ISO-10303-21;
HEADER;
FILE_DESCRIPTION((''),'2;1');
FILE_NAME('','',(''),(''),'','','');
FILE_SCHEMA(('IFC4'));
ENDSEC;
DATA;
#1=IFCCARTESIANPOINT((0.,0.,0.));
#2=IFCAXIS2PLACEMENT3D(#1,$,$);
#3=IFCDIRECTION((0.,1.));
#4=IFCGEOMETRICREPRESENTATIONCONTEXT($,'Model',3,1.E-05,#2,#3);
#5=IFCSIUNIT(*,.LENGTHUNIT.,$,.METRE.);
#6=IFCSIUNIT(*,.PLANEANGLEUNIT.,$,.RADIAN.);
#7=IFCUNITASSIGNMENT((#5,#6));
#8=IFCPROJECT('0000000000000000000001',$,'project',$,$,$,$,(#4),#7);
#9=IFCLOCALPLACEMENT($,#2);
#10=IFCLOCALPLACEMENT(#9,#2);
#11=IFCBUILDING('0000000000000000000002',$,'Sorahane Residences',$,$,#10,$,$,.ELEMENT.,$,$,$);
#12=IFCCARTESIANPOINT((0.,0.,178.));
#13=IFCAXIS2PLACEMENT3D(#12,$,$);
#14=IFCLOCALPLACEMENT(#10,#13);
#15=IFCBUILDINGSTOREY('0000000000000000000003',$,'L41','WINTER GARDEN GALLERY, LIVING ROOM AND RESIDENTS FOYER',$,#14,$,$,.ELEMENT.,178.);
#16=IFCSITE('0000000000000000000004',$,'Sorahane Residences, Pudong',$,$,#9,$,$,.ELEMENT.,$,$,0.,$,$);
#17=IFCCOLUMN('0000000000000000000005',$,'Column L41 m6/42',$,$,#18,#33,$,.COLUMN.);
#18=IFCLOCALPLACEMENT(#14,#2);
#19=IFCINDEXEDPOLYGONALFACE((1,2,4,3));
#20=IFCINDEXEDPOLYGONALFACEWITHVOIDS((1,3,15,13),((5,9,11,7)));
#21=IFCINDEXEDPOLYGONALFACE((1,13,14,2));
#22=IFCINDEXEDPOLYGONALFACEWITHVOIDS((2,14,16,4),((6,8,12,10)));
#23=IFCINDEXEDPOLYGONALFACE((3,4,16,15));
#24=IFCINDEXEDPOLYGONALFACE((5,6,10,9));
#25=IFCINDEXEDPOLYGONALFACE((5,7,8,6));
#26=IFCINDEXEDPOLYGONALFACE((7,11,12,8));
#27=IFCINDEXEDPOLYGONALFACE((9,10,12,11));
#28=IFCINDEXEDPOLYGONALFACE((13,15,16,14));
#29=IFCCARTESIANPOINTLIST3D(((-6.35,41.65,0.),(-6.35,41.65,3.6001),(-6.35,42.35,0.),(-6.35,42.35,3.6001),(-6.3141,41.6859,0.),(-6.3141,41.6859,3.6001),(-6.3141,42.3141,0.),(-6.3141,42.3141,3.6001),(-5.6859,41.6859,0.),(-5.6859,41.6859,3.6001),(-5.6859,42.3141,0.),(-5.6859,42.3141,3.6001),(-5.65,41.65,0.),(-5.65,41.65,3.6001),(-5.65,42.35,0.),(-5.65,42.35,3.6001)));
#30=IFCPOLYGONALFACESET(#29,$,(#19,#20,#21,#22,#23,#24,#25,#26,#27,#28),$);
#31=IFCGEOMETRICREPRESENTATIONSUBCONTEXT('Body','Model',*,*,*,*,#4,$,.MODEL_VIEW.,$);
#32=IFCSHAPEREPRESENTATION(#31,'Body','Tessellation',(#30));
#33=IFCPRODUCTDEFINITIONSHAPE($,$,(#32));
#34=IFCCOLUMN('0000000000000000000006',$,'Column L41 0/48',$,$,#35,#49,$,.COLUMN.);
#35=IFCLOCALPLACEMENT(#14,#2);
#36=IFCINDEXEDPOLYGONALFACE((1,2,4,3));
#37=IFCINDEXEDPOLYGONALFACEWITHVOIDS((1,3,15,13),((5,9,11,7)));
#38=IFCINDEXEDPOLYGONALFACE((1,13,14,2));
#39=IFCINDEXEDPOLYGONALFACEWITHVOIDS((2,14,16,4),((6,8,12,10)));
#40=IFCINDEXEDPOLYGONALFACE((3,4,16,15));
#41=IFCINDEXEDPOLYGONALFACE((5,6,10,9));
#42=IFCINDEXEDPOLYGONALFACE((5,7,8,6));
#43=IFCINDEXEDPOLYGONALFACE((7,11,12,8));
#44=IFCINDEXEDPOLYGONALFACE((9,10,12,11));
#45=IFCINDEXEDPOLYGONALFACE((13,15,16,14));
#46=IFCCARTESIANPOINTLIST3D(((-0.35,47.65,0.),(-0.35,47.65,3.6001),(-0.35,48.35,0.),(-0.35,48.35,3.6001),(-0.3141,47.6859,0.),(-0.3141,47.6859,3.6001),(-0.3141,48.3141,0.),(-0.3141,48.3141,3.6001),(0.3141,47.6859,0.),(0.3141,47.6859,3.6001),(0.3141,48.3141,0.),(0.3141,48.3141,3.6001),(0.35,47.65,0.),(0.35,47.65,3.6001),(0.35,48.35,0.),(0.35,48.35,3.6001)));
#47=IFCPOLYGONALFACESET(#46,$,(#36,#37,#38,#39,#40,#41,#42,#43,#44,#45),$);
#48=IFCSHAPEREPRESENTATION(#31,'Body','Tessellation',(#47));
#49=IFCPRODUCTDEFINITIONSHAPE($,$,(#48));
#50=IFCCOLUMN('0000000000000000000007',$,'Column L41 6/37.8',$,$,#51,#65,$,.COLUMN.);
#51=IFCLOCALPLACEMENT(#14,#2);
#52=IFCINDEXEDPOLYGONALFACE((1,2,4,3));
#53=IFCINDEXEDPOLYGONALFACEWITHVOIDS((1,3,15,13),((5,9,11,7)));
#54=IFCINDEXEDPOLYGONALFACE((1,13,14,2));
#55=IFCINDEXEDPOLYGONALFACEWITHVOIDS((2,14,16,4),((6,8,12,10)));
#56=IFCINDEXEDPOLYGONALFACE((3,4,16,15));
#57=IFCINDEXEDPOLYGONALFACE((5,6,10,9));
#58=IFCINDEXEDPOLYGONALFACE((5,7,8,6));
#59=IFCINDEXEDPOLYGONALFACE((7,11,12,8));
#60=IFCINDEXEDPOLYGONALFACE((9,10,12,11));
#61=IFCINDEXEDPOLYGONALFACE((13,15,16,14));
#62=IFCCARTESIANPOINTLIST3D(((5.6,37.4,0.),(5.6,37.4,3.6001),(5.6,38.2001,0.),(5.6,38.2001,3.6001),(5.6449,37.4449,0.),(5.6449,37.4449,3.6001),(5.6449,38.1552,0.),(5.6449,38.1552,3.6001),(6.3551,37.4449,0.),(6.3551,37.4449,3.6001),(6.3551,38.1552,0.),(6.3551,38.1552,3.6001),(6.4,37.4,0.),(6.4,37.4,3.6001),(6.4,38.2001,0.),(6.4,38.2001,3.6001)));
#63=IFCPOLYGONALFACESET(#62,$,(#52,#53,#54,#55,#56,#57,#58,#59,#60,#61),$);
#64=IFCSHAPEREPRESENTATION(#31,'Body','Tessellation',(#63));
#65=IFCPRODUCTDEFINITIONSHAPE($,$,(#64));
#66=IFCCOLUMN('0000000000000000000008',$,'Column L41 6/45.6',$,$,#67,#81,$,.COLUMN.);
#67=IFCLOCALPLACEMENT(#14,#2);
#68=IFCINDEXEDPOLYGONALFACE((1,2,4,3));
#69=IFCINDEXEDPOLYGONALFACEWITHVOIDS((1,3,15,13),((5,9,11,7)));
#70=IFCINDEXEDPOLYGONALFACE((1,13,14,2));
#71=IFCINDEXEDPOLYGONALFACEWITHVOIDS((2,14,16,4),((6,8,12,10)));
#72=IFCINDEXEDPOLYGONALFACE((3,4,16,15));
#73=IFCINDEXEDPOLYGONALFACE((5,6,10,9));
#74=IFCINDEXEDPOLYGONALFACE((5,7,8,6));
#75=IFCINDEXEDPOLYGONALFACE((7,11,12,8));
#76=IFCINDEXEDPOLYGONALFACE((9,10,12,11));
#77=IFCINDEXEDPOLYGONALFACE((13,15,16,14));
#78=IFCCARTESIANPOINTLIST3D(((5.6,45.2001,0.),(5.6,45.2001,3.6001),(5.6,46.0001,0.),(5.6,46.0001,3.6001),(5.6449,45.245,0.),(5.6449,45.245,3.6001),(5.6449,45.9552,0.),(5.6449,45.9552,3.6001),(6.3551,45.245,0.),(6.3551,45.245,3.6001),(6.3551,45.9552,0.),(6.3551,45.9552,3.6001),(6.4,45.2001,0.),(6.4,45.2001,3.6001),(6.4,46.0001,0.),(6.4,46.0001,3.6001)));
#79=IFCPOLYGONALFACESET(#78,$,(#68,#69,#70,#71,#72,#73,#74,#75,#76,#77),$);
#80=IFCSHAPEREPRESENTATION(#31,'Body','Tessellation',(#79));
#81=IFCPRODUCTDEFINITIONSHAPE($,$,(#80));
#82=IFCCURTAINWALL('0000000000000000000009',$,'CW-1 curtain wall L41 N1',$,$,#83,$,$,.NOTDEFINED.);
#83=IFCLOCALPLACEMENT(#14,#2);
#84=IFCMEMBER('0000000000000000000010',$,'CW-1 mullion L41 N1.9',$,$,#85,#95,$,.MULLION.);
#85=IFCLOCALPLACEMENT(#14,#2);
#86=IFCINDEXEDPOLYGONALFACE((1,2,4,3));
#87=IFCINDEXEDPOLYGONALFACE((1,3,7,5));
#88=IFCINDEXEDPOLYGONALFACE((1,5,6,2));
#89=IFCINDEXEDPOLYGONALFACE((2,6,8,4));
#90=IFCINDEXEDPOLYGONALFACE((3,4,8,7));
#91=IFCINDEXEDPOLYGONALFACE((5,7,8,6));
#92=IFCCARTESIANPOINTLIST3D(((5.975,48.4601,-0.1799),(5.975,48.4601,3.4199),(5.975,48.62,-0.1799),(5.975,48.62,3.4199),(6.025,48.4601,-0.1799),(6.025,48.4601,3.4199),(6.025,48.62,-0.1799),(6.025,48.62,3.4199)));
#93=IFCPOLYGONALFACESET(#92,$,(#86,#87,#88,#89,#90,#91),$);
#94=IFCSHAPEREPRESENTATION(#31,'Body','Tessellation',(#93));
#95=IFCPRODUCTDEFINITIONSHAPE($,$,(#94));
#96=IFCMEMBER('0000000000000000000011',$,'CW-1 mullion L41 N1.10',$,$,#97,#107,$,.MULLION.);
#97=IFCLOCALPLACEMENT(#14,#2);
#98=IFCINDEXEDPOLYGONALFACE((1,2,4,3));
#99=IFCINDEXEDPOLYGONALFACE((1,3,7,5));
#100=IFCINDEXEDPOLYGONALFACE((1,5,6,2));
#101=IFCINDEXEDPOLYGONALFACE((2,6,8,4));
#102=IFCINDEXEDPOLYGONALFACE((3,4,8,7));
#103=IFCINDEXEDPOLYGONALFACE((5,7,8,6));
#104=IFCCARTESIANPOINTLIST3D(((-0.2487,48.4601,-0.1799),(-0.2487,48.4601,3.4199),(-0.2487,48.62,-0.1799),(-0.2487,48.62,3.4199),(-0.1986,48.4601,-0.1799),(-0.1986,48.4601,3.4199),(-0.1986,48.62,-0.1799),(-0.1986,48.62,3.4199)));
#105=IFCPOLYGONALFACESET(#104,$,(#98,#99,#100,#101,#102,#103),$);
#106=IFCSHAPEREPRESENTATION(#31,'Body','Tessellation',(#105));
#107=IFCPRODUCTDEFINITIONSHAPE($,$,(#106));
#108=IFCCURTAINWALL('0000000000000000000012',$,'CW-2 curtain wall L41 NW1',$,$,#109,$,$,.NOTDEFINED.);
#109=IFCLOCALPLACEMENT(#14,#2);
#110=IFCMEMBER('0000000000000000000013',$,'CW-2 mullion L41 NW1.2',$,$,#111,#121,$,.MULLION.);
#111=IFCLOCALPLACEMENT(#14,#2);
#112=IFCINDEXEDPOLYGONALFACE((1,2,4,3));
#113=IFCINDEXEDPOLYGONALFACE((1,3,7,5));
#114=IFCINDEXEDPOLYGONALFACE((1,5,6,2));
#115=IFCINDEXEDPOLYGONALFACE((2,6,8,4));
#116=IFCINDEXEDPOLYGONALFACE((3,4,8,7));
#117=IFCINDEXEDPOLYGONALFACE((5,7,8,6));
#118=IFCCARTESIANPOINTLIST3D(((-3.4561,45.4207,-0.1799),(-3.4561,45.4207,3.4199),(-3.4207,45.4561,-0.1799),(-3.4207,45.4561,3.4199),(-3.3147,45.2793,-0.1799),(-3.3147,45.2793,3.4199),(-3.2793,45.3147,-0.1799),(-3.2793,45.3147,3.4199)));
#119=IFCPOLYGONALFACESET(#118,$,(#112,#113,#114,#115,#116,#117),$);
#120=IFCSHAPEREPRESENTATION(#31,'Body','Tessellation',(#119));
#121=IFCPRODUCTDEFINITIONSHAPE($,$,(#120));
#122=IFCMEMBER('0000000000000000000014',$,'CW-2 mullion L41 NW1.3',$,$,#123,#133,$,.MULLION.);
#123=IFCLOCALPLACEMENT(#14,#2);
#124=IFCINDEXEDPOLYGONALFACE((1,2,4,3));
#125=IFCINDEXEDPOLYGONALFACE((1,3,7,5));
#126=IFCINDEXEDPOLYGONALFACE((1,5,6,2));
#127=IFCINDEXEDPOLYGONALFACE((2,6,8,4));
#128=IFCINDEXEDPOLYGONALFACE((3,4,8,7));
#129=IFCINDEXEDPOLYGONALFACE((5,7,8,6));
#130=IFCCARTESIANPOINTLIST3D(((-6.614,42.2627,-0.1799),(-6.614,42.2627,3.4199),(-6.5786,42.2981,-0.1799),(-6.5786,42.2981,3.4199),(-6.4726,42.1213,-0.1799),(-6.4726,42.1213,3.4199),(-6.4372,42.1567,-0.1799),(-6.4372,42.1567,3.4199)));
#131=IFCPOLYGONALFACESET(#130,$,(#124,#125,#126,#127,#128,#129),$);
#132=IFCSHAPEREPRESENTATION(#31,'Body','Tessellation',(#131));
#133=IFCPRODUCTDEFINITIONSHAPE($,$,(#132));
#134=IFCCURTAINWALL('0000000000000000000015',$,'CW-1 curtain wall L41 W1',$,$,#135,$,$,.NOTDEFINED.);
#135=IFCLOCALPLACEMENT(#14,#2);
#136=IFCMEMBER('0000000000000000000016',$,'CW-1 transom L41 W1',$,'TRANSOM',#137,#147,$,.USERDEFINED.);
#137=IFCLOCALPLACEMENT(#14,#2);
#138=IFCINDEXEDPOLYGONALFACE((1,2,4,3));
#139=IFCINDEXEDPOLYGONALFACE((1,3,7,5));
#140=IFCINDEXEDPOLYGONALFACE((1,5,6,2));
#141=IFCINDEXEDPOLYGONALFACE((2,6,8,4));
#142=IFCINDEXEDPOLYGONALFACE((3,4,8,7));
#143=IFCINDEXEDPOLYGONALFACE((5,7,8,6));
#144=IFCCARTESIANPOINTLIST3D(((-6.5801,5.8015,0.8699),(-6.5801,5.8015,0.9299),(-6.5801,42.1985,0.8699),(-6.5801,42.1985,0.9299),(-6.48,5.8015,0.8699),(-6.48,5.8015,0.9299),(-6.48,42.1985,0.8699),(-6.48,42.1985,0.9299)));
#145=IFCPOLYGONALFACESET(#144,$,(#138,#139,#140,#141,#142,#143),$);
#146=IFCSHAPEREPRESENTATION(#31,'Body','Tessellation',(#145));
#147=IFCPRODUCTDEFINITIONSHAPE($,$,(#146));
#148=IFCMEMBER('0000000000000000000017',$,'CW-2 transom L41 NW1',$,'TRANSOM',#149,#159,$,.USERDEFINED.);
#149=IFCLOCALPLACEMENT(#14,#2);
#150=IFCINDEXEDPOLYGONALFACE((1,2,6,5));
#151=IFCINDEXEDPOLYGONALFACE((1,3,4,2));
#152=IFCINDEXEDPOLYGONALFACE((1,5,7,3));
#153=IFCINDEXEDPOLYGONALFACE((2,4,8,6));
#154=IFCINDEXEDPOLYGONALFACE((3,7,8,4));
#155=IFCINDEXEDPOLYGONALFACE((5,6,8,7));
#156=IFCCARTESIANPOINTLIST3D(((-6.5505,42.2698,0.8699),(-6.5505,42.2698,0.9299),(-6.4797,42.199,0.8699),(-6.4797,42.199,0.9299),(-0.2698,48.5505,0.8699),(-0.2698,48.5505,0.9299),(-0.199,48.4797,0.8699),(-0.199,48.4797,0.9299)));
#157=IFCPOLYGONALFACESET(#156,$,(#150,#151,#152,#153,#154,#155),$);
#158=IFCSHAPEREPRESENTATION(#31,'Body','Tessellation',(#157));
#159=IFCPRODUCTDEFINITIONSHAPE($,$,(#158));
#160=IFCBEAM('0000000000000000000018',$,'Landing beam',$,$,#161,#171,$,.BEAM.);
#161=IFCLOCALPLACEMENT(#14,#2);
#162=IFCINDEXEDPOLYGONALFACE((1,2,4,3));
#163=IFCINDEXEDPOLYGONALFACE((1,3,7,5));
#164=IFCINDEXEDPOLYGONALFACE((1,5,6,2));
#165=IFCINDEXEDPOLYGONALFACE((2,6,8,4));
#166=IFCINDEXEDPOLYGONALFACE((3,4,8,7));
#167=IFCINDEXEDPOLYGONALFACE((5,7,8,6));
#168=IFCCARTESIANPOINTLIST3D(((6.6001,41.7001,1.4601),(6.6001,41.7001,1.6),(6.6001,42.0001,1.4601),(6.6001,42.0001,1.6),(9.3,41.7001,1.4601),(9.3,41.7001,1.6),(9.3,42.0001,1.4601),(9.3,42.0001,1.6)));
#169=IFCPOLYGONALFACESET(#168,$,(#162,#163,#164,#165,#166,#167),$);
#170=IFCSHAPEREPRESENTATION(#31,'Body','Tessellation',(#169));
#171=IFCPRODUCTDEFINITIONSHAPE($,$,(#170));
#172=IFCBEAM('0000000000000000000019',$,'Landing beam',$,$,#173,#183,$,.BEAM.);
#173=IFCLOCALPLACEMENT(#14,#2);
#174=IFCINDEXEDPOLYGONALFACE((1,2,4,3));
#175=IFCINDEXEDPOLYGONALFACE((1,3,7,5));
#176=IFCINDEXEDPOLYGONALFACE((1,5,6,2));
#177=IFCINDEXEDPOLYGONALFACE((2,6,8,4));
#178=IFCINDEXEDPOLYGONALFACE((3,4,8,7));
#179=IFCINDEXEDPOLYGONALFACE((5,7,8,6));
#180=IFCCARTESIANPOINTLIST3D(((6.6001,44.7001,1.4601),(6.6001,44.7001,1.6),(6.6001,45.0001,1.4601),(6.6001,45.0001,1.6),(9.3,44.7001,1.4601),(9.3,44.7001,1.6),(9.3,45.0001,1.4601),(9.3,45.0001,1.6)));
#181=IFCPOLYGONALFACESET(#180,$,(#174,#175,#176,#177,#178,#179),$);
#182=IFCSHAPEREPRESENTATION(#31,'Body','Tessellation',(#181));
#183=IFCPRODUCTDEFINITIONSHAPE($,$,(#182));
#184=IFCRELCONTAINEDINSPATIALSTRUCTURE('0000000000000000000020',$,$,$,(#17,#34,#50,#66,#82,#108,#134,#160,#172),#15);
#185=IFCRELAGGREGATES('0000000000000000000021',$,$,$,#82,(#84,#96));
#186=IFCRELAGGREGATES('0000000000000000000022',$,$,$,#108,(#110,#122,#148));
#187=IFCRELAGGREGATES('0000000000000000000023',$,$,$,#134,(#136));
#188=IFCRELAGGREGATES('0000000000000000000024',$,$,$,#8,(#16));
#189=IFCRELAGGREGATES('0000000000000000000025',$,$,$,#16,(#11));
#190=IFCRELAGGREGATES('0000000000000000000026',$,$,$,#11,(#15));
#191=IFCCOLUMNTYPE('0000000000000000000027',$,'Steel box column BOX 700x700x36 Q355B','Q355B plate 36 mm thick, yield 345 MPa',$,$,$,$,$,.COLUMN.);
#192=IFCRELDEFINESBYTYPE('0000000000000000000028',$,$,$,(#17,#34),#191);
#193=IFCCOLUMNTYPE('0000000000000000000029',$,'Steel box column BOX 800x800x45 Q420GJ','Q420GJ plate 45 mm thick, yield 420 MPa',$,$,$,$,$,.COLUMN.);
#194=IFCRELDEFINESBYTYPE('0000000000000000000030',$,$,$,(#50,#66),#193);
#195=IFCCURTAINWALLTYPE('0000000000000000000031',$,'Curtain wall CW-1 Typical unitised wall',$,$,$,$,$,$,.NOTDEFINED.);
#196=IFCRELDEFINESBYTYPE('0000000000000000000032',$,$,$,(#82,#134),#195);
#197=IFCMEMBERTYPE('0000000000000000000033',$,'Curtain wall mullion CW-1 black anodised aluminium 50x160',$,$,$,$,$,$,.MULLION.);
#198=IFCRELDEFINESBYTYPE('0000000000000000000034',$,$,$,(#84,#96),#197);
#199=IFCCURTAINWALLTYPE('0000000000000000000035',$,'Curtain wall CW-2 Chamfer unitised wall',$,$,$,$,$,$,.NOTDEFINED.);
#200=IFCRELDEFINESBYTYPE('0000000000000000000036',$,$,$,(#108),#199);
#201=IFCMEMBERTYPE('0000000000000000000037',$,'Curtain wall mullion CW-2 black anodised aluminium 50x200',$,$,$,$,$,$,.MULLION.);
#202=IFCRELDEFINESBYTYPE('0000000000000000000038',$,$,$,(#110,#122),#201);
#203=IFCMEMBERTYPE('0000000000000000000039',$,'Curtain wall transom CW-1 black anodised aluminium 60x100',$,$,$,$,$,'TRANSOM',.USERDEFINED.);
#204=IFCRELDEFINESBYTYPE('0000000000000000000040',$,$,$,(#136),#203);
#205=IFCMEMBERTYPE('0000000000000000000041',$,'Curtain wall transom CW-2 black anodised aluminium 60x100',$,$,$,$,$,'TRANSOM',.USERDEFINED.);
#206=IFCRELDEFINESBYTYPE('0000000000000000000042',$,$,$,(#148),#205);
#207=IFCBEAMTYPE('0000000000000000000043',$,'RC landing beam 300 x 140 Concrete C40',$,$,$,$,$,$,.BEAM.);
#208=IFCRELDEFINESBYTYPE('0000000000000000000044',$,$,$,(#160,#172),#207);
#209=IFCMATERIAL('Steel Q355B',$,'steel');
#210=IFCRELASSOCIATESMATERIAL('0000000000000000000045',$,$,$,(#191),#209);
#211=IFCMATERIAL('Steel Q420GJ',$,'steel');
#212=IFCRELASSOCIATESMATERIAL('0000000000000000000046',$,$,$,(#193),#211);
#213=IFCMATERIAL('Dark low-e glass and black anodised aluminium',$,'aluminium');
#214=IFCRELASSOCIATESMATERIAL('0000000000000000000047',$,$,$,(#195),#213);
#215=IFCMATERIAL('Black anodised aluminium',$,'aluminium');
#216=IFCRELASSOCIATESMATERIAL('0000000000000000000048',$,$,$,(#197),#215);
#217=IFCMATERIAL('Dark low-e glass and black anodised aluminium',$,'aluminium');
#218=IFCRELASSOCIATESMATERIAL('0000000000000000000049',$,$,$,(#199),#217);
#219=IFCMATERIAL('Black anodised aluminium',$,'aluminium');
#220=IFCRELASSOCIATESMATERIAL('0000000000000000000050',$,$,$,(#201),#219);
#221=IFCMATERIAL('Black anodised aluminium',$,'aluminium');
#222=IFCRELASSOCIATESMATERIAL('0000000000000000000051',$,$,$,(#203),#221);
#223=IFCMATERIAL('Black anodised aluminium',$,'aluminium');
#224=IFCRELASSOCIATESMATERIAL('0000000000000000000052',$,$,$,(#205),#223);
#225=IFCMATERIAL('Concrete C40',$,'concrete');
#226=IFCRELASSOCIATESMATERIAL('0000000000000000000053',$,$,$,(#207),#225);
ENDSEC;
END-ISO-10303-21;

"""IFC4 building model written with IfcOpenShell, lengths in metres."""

from ifc_helpers import new_model, si_unit, direction, frame, origin, origin_2d, place, context, subcontext, project, spatial, rectangle, hollow_rectangle, extrude, material, material_profile, profile_set, type_object, element, aggregate, save


model = new_model("IFC4")

# Units and contexts
model_context = context("Model", 3, precision=1e-05, world=origin(), true_north=direction((0.0, 1.0)))
body_context = subcontext(model_context, "Body", "Model", "MODEL_VIEW")
ifc_project = project(units=[si_unit("LENGTHUNIT", "METRE"), si_unit("PLANEANGLEUNIT", "RADIAN")], contexts=[model_context])

# Site, building, storey
site_placement = place(None, origin())
site = spatial("IfcSite", under=ifc_project, at=site_placement, Name="Sorahane Residences, Pudong", CompositionType="ELEMENT", RefElevation=0.0)
building_placement = place(site_placement, origin())
building = spatial("IfcBuilding", under=site, at=building_placement, Name="Sorahane Residences", CompositionType="ELEMENT")
storey_placement = place(building_placement, frame((0.0, 0.0, 178.0)))
storey = spatial("IfcBuildingStorey", under=building, at=storey_placement, Name="L41", Description="WINTER GARDEN GALLERY, LIVING ROOM AND RESIDENTS FOYER", CompositionType="ELEMENT", Elevation=178.0)

# Columns
ifc_material_1 = material(Name="Steel Q355B", Category="steel")
ifc_material_profile_1 = material_profile(ifc_material_1, hollow_rectangle(XDim=0.7, YDim=0.7, WallThickness=0.0359, at=origin_2d()), Name="BOX 700x700x36")
ifc_profile_set_1 = profile_set([ifc_material_profile_1], Name="Steel Q355B")
column_type_1 = type_object("IfcColumnType", Name="Steel box column BOX 700x700x36 Q355B", Description="Q355B plate 36 mm thick, yield 345 MPa", PredefinedType="COLUMN", material=ifc_profile_set_1)
for number, where, z_axis, x_axis, name in (
    (1, (-6.0, 42.0, 0.0), (0.0, 0.0, 1.0), (1.0, 0.0, 0.0), "Column L41 m6/42"),
    (2, (0.0, 48.0, 0.0), (0.0, 0.0, 1.0), (1.0, 0.0, 0.0), "Column L41 0/48"),
):
    element("IfcColumn", number, at=place(storey_placement, frame(where, z_axis=z_axis, x_axis=x_axis)), inside=storey, type_object=column_type_1, Name=name, PredefinedType="COLUMN", context=body_context, shape_type="SweptSolid", body=[
        extrude(hollow_rectangle(XDim=0.7, YDim=0.7, WallThickness=0.0359, at=origin_2d()), origin(), (0.0, 0.0, 1.0), 3.6001),
    ])
ifc_material_2 = material(Name="Steel Q420GJ", Category="steel")
ifc_material_profile_2 = material_profile(ifc_material_2, hollow_rectangle(XDim=0.8, YDim=0.8, WallThickness=0.0449, at=origin_2d()), Name="BOX 800x800x45")
ifc_profile_set_2 = profile_set([ifc_material_profile_2], Name="Steel Q420GJ")
column_type_2 = type_object("IfcColumnType", Name="Steel box column BOX 800x800x45 Q420GJ", Description="Q420GJ plate 45 mm thick, yield 420 MPa", PredefinedType="COLUMN", material=ifc_profile_set_2)
for number, where, z_axis, x_axis, name in (
    (3, (6.0, 37.8, 0.0), (0.0, 0.0, 1.0), (1.0, 0.0, 0.0), "Column L41 6/37.8"),
    (4, (6.0, 45.6001, 0.0), (0.0, 0.0, 1.0), (1.0, 0.0, 0.0), "Column L41 6/45.6"),
):
    element("IfcColumn", number, at=place(storey_placement, frame(where, z_axis=z_axis, x_axis=x_axis)), inside=storey, type_object=column_type_2, Name=name, PredefinedType="COLUMN", context=body_context, shape_type="SweptSolid", body=[
        extrude(hollow_rectangle(XDim=0.8, YDim=0.8, WallThickness=0.0449, at=origin_2d()), origin(), (0.0, 0.0, 1.0), 3.6001),
    ])

# Curtain walls, members
ifc_material_3 = material(Name="Dark low-e glass and black anodised aluminium", Category="aluminium")
curtain_wall_type_1 = type_object("IfcCurtainWallType", Name="Curtain wall CW-1 Typical unitised wall", PredefinedType="NOTDEFINED", material=ifc_material_3)
curtain_wall_1_placement = place(storey_placement, origin())
curtain_wall_1 = element("IfcCurtainWall", 5, at=curtain_wall_1_placement, inside=storey, type_object=curtain_wall_type_1, Name="CW-1 curtain wall L41 N1", PredefinedType="NOTDEFINED")
ifc_material_4 = material(Name="Black anodised aluminium", Category="aluminium")
ifc_material_profile_3 = material_profile(ifc_material_4, rectangle(XDim=0.1599, YDim=0.05, at=origin_2d()), Name="Curtain wall mullion CW-1 black anodised aluminium 50x160")
ifc_profile_set_3 = profile_set([ifc_material_profile_3], Name="Black anodised aluminium")
member_type_1 = type_object("IfcMemberType", Name="Curtain wall mullion CW-1 black anodised aluminium 50x160", PredefinedType="MULLION", material=ifc_profile_set_3)
member_1_placement = place(storey_placement, frame((6.0, 48.54, -0.1799), z_axis=(0.0, 0.0, 1.0), x_axis=(0.0, 1.0, 0.0)))
member_1 = element("IfcMember", 6, at=member_1_placement, type_object=member_type_1, Name="CW-1 mullion L41 N1.9", PredefinedType="MULLION", context=body_context, shape_type="SweptSolid", body=[
    extrude(rectangle(XDim=0.1599, YDim=0.05, at=origin_2d()), origin(), (0.0, 0.0, 1.0), 3.5999),
])
member_2_placement = place(storey_placement, frame((-0.2236, 48.54, -0.1799), z_axis=(0.0, 0.0, 1.0), x_axis=(0.0, 1.0, 0.0)))
member_2 = element("IfcMember", 7, at=member_2_placement, type_object=member_type_1, Name="CW-1 mullion L41 N1.10", PredefinedType="MULLION", context=body_context, shape_type="SweptSolid", body=[
    extrude(rectangle(XDim=0.1599, YDim=0.05, at=origin_2d()), origin(), (0.0, 0.0, 1.0), 3.5999),
])
ifc_material_5 = material(Name="Dark low-e glass and black anodised aluminium", Category="aluminium")
curtain_wall_type_2 = type_object("IfcCurtainWallType", Name="Curtain wall CW-2 Chamfer unitised wall", PredefinedType="NOTDEFINED", material=ifc_material_5)
curtain_wall_2_placement = place(storey_placement, origin())
curtain_wall_2 = element("IfcCurtainWall", 8, at=curtain_wall_2_placement, inside=storey, type_object=curtain_wall_type_2, Name="CW-2 curtain wall L41 NW1", PredefinedType="NOTDEFINED")
ifc_material_6 = material(Name="Black anodised aluminium", Category="aluminium")
ifc_material_profile_4 = material_profile(ifc_material_6, rectangle(XDim=0.2, YDim=0.05, at=origin_2d()), Name="Curtain wall mullion CW-2 black anodised aluminium 50x200")
ifc_profile_set_4 = profile_set([ifc_material_profile_4], Name="Black anodised aluminium")
member_type_2 = type_object("IfcMemberType", Name="Curtain wall mullion CW-2 black anodised aluminium 50x200", PredefinedType="MULLION", material=ifc_profile_set_4)
member_3_placement = place(storey_placement, frame((-3.3677, 45.3677, -0.1799), z_axis=(0.0, 0.0, 1.0), x_axis=(-0.707107, 0.707107, 0.0)))
member_3 = element("IfcMember", 9, at=member_3_placement, type_object=member_type_2, Name="CW-2 mullion L41 NW1.2", PredefinedType="MULLION", context=body_context, shape_type="SweptSolid", body=[
    extrude(rectangle(XDim=0.2, YDim=0.05, at=origin_2d()), origin(), (0.0, 0.0, 1.0), 3.5999),
])
member_4_placement = place(storey_placement, frame((-6.5256, 42.2097, -0.1799), z_axis=(0.0, 0.0, 1.0), x_axis=(-0.707107, 0.707107, 0.0)))
member_4 = element("IfcMember", 10, at=member_4_placement, type_object=member_type_2, Name="CW-2 mullion L41 NW1.3", PredefinedType="MULLION", context=body_context, shape_type="SweptSolid", body=[
    extrude(rectangle(XDim=0.2, YDim=0.05, at=origin_2d()), origin(), (0.0, 0.0, 1.0), 3.5999),
])

# Curtain wall, member
curtain_wall_3_placement = place(storey_placement, origin())
curtain_wall_3 = element("IfcCurtainWall", 11, at=curtain_wall_3_placement, inside=storey, type_object=curtain_wall_type_1, Name="CW-1 curtain wall L41 W1", PredefinedType="NOTDEFINED")
ifc_material_7 = material(Name="Black anodised aluminium", Category="aluminium")
ifc_material_profile_5 = material_profile(ifc_material_7, rectangle(XDim=0.1001, YDim=0.0601, at=origin_2d()), Name="Curtain wall transom CW-1 black anodised aluminium 60x100")
ifc_profile_set_5 = profile_set([ifc_material_profile_5], Name="Black anodised aluminium")
member_type_3 = type_object("IfcMemberType", Name="Curtain wall transom CW-1 black anodised aluminium 60x100", ElementType="TRANSOM", PredefinedType="USERDEFINED", material=ifc_profile_set_5)
member_5_placement = place(storey_placement, frame((-6.53, 42.1985, 0.8999), z_axis=(0.0, -1.0, 0.0), x_axis=(1.0, 0.0, 0.0)))
member_5 = element("IfcMember", 12, at=member_5_placement, type_object=member_type_3, Name="CW-1 transom L41 W1", ObjectType="TRANSOM", PredefinedType="USERDEFINED", context=body_context, shape_type="SweptSolid", body=[
    extrude(rectangle(XDim=0.1001, YDim=0.0601, at=origin_2d()), origin(), (0.0, 0.0, 1.0), 36.397),
])

# Member
ifc_material_8 = material(Name="Black anodised aluminium", Category="aluminium")
ifc_material_profile_6 = material_profile(ifc_material_8, rectangle(XDim=0.1001, YDim=0.0601, at=origin_2d()), Name="Curtain wall transom CW-2 black anodised aluminium 60x100")
ifc_profile_set_6 = profile_set([ifc_material_profile_6], Name="Black anodised aluminium")
member_type_4 = type_object("IfcMemberType", Name="Curtain wall transom CW-2 black anodised aluminium 60x100", ElementType="TRANSOM", PredefinedType="USERDEFINED", material=ifc_profile_set_6)
member_6_placement = place(storey_placement, frame((-0.2344, 48.5151, 0.8999), z_axis=(-0.707107, -0.707107, 0.0), x_axis=(0.707107, -0.707107, 0.0)))
member_6 = element("IfcMember", 13, at=member_6_placement, type_object=member_type_4, Name="CW-2 transom L41 NW1", ObjectType="TRANSOM", PredefinedType="USERDEFINED", context=body_context, shape_type="SweptSolid", body=[
    extrude(rectangle(XDim=0.1001, YDim=0.0601, at=origin_2d()), origin(), (0.0, 0.0, 1.0), 8.8823),
])

# Beams
ifc_material_9 = material(Name="Concrete C40", Category="concrete")
ifc_material_profile_7 = material_profile(ifc_material_9, rectangle(XDim=0.3, YDim=0.1399, at=origin_2d()), Name="300x140")
ifc_profile_set_7 = profile_set([ifc_material_profile_7], Name="Concrete C40")
beam_type_1 = type_object("IfcBeamType", Name="RC landing beam 300 x 140 Concrete C40", PredefinedType="BEAM", material=ifc_profile_set_7)
for number, where, z_axis, x_axis, name in (
    (14, (6.6001, 41.8501, 1.53), (1.0, 0.0, 0.0), (0.0, 1.0, 0.0), "Landing beam"),
    (15, (6.6001, 44.8501, 1.53), (1.0, 0.0, 0.0), (0.0, 1.0, 0.0), "Landing beam"),
):
    element("IfcBeam", number, at=place(storey_placement, frame(where, z_axis=z_axis, x_axis=x_axis)), inside=storey, type_object=beam_type_1, Name=name, PredefinedType="BEAM", context=body_context, shape_type="SweptSolid", body=[
        extrude(rectangle(XDim=0.3, YDim=0.1399, at=origin_2d()), origin(), (0.0, 0.0, 1.0), 2.7),
    ])

aggregate(curtain_wall_1, [member_1, member_2])
aggregate(curtain_wall_2, [member_3, member_4, member_6])
aggregate(curtain_wall_3, [member_5])

save(model, "model.ifc")
